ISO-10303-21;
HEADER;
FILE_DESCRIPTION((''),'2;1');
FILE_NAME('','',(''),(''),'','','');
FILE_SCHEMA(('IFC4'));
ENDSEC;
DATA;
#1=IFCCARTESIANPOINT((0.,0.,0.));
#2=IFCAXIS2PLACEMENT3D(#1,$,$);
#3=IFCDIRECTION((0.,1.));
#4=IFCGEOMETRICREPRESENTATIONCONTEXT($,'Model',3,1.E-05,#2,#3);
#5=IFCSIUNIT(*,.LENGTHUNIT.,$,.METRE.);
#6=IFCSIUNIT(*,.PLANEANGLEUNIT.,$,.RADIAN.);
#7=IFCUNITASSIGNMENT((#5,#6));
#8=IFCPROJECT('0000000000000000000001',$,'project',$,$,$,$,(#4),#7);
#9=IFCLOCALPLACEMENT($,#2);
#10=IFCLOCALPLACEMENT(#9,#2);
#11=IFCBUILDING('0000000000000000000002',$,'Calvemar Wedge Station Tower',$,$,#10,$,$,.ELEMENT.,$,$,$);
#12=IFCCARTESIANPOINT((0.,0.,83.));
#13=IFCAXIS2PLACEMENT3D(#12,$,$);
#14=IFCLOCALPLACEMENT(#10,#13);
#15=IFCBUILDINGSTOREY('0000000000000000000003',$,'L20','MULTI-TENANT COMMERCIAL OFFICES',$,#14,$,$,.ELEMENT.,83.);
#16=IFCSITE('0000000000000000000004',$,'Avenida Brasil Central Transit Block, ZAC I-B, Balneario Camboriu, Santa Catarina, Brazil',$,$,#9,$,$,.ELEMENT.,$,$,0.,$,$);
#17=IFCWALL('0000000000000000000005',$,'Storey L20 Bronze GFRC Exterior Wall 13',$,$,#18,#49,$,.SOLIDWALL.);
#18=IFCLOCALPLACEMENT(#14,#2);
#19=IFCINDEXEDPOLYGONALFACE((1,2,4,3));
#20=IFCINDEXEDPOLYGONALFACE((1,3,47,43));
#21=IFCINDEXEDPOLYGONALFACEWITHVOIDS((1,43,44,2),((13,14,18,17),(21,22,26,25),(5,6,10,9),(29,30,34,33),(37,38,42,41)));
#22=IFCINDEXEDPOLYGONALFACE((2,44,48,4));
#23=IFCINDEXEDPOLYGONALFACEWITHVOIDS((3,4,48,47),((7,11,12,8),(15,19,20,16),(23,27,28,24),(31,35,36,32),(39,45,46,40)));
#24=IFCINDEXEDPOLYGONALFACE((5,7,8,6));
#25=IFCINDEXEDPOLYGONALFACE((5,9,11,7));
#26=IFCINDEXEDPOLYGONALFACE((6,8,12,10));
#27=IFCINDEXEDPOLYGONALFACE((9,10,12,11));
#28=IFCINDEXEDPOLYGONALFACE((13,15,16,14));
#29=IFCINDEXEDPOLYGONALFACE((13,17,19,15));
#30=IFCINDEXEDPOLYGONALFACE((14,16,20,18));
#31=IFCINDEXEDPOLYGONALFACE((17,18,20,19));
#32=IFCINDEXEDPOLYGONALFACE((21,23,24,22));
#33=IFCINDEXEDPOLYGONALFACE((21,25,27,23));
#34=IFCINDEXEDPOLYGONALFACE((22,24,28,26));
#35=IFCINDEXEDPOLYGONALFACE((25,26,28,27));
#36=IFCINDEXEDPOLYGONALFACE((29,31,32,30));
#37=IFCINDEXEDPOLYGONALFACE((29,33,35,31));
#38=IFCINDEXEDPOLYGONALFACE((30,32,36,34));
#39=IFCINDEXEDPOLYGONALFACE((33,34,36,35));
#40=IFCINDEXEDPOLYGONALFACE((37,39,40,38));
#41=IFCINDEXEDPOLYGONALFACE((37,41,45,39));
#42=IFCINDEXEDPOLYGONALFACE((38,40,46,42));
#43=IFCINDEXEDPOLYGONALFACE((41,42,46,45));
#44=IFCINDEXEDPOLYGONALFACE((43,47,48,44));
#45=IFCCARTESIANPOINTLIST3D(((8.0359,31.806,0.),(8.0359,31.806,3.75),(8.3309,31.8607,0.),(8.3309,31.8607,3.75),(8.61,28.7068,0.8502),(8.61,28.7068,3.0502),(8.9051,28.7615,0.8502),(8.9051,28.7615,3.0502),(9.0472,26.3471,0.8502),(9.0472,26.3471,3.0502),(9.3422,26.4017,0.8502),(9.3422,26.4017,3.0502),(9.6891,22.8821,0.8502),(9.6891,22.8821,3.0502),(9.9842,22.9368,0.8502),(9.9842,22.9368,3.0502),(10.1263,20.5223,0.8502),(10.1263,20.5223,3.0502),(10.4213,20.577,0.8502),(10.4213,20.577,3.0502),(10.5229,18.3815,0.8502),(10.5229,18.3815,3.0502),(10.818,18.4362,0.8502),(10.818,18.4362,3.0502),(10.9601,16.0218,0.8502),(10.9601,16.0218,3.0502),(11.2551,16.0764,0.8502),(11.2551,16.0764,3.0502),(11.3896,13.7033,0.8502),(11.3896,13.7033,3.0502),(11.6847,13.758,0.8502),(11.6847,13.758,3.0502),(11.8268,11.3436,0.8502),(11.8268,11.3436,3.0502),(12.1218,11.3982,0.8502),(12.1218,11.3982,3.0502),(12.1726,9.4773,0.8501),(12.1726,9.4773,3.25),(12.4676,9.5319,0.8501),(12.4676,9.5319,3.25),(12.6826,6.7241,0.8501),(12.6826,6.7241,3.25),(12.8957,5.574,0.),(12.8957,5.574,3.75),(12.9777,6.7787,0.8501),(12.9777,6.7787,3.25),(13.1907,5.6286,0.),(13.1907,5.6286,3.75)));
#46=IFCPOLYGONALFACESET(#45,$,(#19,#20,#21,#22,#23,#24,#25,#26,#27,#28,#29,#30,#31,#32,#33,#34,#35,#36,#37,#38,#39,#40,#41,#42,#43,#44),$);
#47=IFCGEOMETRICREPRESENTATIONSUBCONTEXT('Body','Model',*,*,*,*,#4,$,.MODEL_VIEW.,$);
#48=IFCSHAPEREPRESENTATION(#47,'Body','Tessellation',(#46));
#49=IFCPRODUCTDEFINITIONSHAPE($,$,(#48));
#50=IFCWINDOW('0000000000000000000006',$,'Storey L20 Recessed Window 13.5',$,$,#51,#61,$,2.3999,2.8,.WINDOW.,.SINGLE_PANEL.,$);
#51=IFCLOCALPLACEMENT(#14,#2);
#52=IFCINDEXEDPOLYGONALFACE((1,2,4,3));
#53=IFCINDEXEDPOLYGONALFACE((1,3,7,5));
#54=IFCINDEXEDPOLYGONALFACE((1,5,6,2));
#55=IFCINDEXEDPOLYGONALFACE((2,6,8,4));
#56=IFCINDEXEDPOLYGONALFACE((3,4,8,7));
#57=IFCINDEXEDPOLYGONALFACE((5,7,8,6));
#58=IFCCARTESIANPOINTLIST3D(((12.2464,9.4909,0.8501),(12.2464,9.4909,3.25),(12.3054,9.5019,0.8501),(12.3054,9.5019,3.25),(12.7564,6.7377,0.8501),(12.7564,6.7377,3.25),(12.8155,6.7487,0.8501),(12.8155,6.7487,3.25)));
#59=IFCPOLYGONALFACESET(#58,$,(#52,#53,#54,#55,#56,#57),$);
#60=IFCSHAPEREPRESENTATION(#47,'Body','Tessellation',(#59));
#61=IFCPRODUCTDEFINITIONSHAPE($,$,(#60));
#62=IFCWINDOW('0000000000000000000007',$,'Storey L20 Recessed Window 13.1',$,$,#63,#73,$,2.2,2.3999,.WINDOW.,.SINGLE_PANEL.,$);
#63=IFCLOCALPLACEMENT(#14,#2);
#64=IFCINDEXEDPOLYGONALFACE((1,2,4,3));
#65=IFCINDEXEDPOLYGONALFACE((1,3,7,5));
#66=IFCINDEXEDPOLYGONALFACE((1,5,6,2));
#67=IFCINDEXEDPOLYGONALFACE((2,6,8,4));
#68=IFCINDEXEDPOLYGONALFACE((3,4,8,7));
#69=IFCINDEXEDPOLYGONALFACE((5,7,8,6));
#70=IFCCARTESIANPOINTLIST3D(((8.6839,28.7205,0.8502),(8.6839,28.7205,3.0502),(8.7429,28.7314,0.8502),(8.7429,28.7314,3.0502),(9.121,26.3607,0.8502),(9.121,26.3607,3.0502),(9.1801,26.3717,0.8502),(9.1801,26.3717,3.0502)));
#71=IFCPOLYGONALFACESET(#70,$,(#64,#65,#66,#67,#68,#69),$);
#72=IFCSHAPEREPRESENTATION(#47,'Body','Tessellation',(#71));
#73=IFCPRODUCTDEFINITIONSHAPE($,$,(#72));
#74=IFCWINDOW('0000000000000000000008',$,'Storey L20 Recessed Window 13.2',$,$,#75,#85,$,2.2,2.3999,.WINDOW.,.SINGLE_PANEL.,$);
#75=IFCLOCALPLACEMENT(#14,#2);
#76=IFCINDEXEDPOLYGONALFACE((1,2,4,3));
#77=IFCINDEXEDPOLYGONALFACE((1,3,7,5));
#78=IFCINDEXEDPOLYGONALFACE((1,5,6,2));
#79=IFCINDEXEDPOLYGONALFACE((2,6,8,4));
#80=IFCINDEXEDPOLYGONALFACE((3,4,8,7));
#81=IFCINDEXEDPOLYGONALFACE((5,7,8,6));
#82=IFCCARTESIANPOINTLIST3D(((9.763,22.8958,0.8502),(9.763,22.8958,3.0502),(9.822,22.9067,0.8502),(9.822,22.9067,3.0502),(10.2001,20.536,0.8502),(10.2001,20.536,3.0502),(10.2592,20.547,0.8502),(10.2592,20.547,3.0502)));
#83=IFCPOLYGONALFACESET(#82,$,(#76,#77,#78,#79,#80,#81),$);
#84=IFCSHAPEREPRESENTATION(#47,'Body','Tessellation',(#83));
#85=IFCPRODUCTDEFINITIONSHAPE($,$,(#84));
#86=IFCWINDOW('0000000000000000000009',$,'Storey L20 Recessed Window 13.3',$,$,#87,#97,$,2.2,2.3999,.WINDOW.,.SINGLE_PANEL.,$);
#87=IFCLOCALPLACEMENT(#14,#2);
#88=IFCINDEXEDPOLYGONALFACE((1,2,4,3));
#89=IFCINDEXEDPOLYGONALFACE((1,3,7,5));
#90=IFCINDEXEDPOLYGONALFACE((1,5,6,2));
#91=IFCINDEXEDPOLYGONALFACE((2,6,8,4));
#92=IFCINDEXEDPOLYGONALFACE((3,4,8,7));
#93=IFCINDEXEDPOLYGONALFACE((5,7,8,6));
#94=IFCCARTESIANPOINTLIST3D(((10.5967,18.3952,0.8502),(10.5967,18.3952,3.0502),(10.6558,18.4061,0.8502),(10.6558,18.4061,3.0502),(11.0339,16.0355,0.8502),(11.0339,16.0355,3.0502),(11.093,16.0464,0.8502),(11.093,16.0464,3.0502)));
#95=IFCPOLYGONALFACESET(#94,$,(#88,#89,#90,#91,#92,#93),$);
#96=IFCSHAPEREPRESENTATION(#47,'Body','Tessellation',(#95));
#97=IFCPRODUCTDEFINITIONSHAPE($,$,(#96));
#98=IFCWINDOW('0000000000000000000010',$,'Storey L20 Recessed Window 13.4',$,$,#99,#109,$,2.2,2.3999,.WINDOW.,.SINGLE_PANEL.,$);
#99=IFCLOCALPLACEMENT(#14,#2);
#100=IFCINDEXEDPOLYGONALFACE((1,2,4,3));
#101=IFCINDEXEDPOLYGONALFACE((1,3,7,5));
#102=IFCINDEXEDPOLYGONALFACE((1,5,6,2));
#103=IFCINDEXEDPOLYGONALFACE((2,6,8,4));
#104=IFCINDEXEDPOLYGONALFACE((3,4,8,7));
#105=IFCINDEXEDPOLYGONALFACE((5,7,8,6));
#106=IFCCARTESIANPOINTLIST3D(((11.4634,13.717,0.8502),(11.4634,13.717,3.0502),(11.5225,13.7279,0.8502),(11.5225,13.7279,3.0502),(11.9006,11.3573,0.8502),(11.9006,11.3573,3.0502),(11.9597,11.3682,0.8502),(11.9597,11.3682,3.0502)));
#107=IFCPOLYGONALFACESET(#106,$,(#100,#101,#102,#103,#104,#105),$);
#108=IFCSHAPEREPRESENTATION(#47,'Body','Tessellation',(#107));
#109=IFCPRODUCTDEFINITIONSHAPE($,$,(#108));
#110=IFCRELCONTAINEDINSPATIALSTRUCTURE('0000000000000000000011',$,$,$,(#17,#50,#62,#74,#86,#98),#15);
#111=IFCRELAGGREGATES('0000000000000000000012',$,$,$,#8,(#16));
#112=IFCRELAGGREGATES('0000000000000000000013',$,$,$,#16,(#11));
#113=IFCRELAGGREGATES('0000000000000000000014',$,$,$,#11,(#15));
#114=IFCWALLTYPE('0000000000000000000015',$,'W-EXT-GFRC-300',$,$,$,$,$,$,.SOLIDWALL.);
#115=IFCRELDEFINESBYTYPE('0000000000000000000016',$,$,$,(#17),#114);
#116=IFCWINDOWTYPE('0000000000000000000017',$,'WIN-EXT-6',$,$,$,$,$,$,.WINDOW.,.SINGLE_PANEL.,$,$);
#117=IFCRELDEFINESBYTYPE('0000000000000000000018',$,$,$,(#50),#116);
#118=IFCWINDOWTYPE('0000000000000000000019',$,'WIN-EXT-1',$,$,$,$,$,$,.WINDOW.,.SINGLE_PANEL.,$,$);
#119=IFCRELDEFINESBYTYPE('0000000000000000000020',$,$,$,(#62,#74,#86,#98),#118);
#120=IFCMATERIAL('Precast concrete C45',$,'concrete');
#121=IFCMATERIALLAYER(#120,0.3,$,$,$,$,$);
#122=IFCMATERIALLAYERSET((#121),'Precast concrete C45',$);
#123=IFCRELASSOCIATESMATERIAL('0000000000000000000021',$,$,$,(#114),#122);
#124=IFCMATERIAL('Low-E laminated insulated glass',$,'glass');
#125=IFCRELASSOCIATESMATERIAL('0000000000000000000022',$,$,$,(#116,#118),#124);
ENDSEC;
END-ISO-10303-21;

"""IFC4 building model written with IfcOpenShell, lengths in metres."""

from ifc_helpers import new_model, si_unit, direction, frame, frame_2d, origin, place, context, subcontext, project, spatial, rectangle, extrude, source, transform, mapped, material, layer, layer_set, type_object, element, fill, save


model = new_model("IFC4")

# Units and contexts
model_context = context("Model", 3, precision=1e-05, world=origin(), true_north=direction((0.0, 1.0)))
body_context = subcontext(model_context, "Body", "Model", "MODEL_VIEW")
ifc_project = project(units=[si_unit("LENGTHUNIT", "METRE"), si_unit("PLANEANGLEUNIT", "RADIAN")], contexts=[model_context])

# Site, building, storey
site_placement = place(None, origin())
site = spatial("IfcSite", under=ifc_project, at=site_placement, Name="Avenida Brasil Central Transit Block, ZAC I-B, Balneario Camboriu, Santa Catarina, Brazil", CompositionType="ELEMENT", RefElevation=0.0)
building_placement = place(site_placement, origin())
building = spatial("IfcBuilding", under=site, at=building_placement, Name="Calvemar Wedge Station Tower", CompositionType="ELEMENT")
storey_placement = place(building_placement, frame((0.0, 0.0, 83.0)))
storey = spatial("IfcBuildingStorey", under=building, at=storey_placement, Name="L20", Description="MULTI-TENANT COMMERCIAL OFFICES", CompositionType="ELEMENT", Elevation=83.0)

# Shared definitions
ifc_material_1 = material(Name="Precast concrete C45", Category="concrete")

# Wall, openings, windows
ifc_layer_1 = layer(ifc_material_1, 0.3)
ifc_layer_set_1 = layer_set([ifc_layer_1], Name="Precast concrete C45")
wall_type = type_object("IfcWallType", Name="W-EXT-GFRC-300", PredefinedType="SOLIDWALL", material=ifc_layer_set_1)
wall_placement = place(storey_placement, frame((8.1833, 31.8335, 0.0), z_axis=(0.0, 0.0, 1.0), x_axis=(0.182164, -0.983268, 0.0)))
wall = element("IfcWall", 1, at=wall_placement, inside=storey, type_object=wall_type, Name="Storey L20 Bronze GFRC Exterior Wall 13", PredefinedType="SOLIDWALL", context=body_context, shape_type="SweptSolid", body=[
    extrude(rectangle(XDim=26.6785, YDim=0.3, at=frame_2d((13.3394, 0.0))), origin(), (0.0, 0.0, 1.0), 3.75),
])
shared_shape_1 = source(origin(), body_context, "Body", "SweptSolid", [
    extrude(rectangle(XDim=2.3999, YDim=2.2, at=frame_2d((1.2, 1.1001))), frame((0.0, 0.1602, 0.0), z_axis=(0.0, -1.0, 0.0), x_axis=(1.0, 0.0, 0.0)), (0.0, 0.0, 1.0), 0.3201),
])
opening_1_placement = place(wall_placement, frame((3.1521, 0.0, 0.8501)))
opening_1 = element("IfcOpeningElement", 2, at=opening_1_placement, cuts=wall, PredefinedType="OPENING", context=body_context, shape_type="MappedRepresentation", body=[
    mapped(shared_shape_1, transform((0.0, 0.0, 0.0), scale=1.0)),
])
opening_2_placement = place(wall_placement, frame((9.0759, 0.0, 0.8501)))
opening_2 = element("IfcOpeningElement", 3, at=opening_2_placement, cuts=wall, PredefinedType="OPENING", context=body_context, shape_type="MappedRepresentation", body=[
    mapped(shared_shape_1, transform((0.0, 0.0, 0.0), scale=1.0)),
])
opening_3_placement = place(wall_placement, frame((13.6531, 0.0, 0.8501)))
opening_3 = element("IfcOpeningElement", 4, at=opening_3_placement, cuts=wall, PredefinedType="OPENING", context=body_context, shape_type="MappedRepresentation", body=[
    mapped(shared_shape_1, transform((0.0, 0.0, 0.0), scale=1.0)),
])
opening_4_placement = place(wall_placement, frame((18.4109, 0.0, 0.8501)))
opening_4 = element("IfcOpeningElement", 5, at=opening_4_placement, cuts=wall, PredefinedType="OPENING", context=body_context, shape_type="MappedRepresentation", body=[
    mapped(shared_shape_1, transform((0.0, 0.0, 0.0), scale=1.0)),
])
shared_shape_2 = source(origin(), body_context, "Body", "SweptSolid", [
    extrude(rectangle(XDim=2.8, YDim=2.3999, at=frame_2d((1.3999, 1.2))), frame((0.0, 0.1602, 0.0), z_axis=(0.0, -1.0, 0.0), x_axis=(1.0, 0.0, 0.0)), (0.0, 0.0, 1.0), 0.3201),
])
opening_5_placement = place(wall_placement, frame((22.709, 0.0, 0.8501)))
opening_5 = element("IfcOpeningElement", 6, at=opening_5_placement, cuts=wall, PredefinedType="OPENING", context=body_context, shape_type="MappedRepresentation", body=[
    mapped(shared_shape_2, transform((0.0, 0.0, 0.0), scale=1.0)),
])
ifc_material_2 = material(Name="Low-E laminated insulated glass", Category="glass")
window_type_1 = type_object("IfcWindowType", Name="WIN-EXT-6", PartitioningType="SINGLE_PANEL", PredefinedType="WINDOW", material=ifc_material_2)
shared_shape_3 = source(origin(), body_context, "Body", "SweptSolid", [
    extrude(rectangle(XDim=2.8, YDim=2.3999, at=frame_2d((1.3999, 1.2))), frame((0.0, -0.0149, 0.0), z_axis=(0.0, -1.0, 0.0), x_axis=(1.0, 0.0, 0.0)), (0.0, 0.0, 1.0), 0.0601),
])
window_1_placement = place(opening_5_placement, origin())
window_1 = element("IfcWindow", 7, at=window_1_placement, inside=storey, type_object=window_type_1, Name="Storey L20 Recessed Window 13.5", OverallHeight=2.3999, OverallWidth=2.8, PartitioningType="SINGLE_PANEL", PredefinedType="WINDOW", context=body_context, shape_type="MappedRepresentation", body=[
    mapped(shared_shape_3, transform((0.0, 0.0, 0.0), scale=1.0)),
])
fill(opening_5, window_1)
window_type_2 = type_object("IfcWindowType", Name="WIN-EXT-1", PartitioningType="SINGLE_PANEL", PredefinedType="WINDOW", material=ifc_material_2)
shared_shape_4 = source(origin(), body_context, "Body", "SweptSolid", [
    extrude(rectangle(XDim=2.3999, YDim=2.2, at=frame_2d((1.2, 1.1001))), frame((0.0, -0.0149, 0.0), z_axis=(0.0, -1.0, 0.0), x_axis=(1.0, 0.0, 0.0)), (0.0, 0.0, 1.0), 0.0601),
])
window_2_placement = place(opening_1_placement, origin())
window_2 = element("IfcWindow", 8, at=window_2_placement, inside=storey, type_object=window_type_2, Name="Storey L20 Recessed Window 13.1", OverallHeight=2.2, OverallWidth=2.3999, PartitioningType="SINGLE_PANEL", PredefinedType="WINDOW", context=body_context, shape_type="MappedRepresentation", body=[
    mapped(shared_shape_4, transform((0.0, 0.0, 0.0), scale=1.0)),
])
fill(opening_1, window_2)
window_3_placement = place(opening_2_placement, origin())
window_3 = element("IfcWindow", 9, at=window_3_placement, inside=storey, type_object=window_type_2, Name="Storey L20 Recessed Window 13.2", OverallHeight=2.2, OverallWidth=2.3999, PartitioningType="SINGLE_PANEL", PredefinedType="WINDOW", context=body_context, shape_type="MappedRepresentation", body=[
    mapped(shared_shape_4, transform((0.0, 0.0, 0.0), scale=1.0)),
])
fill(opening_2, window_3)
window_4_placement = place(opening_3_placement, origin())
window_4 = element("IfcWindow", 10, at=window_4_placement, inside=storey, type_object=window_type_2, Name="Storey L20 Recessed Window 13.3", OverallHeight=2.2, OverallWidth=2.3999, PartitioningType="SINGLE_PANEL", PredefinedType="WINDOW", context=body_context, shape_type="MappedRepresentation", body=[
    mapped(shared_shape_4, transform((0.0, 0.0, 0.0), scale=1.0)),
])
fill(opening_3, window_4)
window_5_placement = place(opening_4_placement, origin())
window_5 = element("IfcWindow", 11, at=window_5_placement, inside=storey, type_object=window_type_2, Name="Storey L20 Recessed Window 13.4", OverallHeight=2.2, OverallWidth=2.3999, PartitioningType="SINGLE_PANEL", PredefinedType="WINDOW", context=body_context, shape_type="MappedRepresentation", body=[
    mapped(shared_shape_4, transform((0.0, 0.0, 0.0), scale=1.0)),
])
fill(opening_4, window_5)

save(model, "model.ifc")
